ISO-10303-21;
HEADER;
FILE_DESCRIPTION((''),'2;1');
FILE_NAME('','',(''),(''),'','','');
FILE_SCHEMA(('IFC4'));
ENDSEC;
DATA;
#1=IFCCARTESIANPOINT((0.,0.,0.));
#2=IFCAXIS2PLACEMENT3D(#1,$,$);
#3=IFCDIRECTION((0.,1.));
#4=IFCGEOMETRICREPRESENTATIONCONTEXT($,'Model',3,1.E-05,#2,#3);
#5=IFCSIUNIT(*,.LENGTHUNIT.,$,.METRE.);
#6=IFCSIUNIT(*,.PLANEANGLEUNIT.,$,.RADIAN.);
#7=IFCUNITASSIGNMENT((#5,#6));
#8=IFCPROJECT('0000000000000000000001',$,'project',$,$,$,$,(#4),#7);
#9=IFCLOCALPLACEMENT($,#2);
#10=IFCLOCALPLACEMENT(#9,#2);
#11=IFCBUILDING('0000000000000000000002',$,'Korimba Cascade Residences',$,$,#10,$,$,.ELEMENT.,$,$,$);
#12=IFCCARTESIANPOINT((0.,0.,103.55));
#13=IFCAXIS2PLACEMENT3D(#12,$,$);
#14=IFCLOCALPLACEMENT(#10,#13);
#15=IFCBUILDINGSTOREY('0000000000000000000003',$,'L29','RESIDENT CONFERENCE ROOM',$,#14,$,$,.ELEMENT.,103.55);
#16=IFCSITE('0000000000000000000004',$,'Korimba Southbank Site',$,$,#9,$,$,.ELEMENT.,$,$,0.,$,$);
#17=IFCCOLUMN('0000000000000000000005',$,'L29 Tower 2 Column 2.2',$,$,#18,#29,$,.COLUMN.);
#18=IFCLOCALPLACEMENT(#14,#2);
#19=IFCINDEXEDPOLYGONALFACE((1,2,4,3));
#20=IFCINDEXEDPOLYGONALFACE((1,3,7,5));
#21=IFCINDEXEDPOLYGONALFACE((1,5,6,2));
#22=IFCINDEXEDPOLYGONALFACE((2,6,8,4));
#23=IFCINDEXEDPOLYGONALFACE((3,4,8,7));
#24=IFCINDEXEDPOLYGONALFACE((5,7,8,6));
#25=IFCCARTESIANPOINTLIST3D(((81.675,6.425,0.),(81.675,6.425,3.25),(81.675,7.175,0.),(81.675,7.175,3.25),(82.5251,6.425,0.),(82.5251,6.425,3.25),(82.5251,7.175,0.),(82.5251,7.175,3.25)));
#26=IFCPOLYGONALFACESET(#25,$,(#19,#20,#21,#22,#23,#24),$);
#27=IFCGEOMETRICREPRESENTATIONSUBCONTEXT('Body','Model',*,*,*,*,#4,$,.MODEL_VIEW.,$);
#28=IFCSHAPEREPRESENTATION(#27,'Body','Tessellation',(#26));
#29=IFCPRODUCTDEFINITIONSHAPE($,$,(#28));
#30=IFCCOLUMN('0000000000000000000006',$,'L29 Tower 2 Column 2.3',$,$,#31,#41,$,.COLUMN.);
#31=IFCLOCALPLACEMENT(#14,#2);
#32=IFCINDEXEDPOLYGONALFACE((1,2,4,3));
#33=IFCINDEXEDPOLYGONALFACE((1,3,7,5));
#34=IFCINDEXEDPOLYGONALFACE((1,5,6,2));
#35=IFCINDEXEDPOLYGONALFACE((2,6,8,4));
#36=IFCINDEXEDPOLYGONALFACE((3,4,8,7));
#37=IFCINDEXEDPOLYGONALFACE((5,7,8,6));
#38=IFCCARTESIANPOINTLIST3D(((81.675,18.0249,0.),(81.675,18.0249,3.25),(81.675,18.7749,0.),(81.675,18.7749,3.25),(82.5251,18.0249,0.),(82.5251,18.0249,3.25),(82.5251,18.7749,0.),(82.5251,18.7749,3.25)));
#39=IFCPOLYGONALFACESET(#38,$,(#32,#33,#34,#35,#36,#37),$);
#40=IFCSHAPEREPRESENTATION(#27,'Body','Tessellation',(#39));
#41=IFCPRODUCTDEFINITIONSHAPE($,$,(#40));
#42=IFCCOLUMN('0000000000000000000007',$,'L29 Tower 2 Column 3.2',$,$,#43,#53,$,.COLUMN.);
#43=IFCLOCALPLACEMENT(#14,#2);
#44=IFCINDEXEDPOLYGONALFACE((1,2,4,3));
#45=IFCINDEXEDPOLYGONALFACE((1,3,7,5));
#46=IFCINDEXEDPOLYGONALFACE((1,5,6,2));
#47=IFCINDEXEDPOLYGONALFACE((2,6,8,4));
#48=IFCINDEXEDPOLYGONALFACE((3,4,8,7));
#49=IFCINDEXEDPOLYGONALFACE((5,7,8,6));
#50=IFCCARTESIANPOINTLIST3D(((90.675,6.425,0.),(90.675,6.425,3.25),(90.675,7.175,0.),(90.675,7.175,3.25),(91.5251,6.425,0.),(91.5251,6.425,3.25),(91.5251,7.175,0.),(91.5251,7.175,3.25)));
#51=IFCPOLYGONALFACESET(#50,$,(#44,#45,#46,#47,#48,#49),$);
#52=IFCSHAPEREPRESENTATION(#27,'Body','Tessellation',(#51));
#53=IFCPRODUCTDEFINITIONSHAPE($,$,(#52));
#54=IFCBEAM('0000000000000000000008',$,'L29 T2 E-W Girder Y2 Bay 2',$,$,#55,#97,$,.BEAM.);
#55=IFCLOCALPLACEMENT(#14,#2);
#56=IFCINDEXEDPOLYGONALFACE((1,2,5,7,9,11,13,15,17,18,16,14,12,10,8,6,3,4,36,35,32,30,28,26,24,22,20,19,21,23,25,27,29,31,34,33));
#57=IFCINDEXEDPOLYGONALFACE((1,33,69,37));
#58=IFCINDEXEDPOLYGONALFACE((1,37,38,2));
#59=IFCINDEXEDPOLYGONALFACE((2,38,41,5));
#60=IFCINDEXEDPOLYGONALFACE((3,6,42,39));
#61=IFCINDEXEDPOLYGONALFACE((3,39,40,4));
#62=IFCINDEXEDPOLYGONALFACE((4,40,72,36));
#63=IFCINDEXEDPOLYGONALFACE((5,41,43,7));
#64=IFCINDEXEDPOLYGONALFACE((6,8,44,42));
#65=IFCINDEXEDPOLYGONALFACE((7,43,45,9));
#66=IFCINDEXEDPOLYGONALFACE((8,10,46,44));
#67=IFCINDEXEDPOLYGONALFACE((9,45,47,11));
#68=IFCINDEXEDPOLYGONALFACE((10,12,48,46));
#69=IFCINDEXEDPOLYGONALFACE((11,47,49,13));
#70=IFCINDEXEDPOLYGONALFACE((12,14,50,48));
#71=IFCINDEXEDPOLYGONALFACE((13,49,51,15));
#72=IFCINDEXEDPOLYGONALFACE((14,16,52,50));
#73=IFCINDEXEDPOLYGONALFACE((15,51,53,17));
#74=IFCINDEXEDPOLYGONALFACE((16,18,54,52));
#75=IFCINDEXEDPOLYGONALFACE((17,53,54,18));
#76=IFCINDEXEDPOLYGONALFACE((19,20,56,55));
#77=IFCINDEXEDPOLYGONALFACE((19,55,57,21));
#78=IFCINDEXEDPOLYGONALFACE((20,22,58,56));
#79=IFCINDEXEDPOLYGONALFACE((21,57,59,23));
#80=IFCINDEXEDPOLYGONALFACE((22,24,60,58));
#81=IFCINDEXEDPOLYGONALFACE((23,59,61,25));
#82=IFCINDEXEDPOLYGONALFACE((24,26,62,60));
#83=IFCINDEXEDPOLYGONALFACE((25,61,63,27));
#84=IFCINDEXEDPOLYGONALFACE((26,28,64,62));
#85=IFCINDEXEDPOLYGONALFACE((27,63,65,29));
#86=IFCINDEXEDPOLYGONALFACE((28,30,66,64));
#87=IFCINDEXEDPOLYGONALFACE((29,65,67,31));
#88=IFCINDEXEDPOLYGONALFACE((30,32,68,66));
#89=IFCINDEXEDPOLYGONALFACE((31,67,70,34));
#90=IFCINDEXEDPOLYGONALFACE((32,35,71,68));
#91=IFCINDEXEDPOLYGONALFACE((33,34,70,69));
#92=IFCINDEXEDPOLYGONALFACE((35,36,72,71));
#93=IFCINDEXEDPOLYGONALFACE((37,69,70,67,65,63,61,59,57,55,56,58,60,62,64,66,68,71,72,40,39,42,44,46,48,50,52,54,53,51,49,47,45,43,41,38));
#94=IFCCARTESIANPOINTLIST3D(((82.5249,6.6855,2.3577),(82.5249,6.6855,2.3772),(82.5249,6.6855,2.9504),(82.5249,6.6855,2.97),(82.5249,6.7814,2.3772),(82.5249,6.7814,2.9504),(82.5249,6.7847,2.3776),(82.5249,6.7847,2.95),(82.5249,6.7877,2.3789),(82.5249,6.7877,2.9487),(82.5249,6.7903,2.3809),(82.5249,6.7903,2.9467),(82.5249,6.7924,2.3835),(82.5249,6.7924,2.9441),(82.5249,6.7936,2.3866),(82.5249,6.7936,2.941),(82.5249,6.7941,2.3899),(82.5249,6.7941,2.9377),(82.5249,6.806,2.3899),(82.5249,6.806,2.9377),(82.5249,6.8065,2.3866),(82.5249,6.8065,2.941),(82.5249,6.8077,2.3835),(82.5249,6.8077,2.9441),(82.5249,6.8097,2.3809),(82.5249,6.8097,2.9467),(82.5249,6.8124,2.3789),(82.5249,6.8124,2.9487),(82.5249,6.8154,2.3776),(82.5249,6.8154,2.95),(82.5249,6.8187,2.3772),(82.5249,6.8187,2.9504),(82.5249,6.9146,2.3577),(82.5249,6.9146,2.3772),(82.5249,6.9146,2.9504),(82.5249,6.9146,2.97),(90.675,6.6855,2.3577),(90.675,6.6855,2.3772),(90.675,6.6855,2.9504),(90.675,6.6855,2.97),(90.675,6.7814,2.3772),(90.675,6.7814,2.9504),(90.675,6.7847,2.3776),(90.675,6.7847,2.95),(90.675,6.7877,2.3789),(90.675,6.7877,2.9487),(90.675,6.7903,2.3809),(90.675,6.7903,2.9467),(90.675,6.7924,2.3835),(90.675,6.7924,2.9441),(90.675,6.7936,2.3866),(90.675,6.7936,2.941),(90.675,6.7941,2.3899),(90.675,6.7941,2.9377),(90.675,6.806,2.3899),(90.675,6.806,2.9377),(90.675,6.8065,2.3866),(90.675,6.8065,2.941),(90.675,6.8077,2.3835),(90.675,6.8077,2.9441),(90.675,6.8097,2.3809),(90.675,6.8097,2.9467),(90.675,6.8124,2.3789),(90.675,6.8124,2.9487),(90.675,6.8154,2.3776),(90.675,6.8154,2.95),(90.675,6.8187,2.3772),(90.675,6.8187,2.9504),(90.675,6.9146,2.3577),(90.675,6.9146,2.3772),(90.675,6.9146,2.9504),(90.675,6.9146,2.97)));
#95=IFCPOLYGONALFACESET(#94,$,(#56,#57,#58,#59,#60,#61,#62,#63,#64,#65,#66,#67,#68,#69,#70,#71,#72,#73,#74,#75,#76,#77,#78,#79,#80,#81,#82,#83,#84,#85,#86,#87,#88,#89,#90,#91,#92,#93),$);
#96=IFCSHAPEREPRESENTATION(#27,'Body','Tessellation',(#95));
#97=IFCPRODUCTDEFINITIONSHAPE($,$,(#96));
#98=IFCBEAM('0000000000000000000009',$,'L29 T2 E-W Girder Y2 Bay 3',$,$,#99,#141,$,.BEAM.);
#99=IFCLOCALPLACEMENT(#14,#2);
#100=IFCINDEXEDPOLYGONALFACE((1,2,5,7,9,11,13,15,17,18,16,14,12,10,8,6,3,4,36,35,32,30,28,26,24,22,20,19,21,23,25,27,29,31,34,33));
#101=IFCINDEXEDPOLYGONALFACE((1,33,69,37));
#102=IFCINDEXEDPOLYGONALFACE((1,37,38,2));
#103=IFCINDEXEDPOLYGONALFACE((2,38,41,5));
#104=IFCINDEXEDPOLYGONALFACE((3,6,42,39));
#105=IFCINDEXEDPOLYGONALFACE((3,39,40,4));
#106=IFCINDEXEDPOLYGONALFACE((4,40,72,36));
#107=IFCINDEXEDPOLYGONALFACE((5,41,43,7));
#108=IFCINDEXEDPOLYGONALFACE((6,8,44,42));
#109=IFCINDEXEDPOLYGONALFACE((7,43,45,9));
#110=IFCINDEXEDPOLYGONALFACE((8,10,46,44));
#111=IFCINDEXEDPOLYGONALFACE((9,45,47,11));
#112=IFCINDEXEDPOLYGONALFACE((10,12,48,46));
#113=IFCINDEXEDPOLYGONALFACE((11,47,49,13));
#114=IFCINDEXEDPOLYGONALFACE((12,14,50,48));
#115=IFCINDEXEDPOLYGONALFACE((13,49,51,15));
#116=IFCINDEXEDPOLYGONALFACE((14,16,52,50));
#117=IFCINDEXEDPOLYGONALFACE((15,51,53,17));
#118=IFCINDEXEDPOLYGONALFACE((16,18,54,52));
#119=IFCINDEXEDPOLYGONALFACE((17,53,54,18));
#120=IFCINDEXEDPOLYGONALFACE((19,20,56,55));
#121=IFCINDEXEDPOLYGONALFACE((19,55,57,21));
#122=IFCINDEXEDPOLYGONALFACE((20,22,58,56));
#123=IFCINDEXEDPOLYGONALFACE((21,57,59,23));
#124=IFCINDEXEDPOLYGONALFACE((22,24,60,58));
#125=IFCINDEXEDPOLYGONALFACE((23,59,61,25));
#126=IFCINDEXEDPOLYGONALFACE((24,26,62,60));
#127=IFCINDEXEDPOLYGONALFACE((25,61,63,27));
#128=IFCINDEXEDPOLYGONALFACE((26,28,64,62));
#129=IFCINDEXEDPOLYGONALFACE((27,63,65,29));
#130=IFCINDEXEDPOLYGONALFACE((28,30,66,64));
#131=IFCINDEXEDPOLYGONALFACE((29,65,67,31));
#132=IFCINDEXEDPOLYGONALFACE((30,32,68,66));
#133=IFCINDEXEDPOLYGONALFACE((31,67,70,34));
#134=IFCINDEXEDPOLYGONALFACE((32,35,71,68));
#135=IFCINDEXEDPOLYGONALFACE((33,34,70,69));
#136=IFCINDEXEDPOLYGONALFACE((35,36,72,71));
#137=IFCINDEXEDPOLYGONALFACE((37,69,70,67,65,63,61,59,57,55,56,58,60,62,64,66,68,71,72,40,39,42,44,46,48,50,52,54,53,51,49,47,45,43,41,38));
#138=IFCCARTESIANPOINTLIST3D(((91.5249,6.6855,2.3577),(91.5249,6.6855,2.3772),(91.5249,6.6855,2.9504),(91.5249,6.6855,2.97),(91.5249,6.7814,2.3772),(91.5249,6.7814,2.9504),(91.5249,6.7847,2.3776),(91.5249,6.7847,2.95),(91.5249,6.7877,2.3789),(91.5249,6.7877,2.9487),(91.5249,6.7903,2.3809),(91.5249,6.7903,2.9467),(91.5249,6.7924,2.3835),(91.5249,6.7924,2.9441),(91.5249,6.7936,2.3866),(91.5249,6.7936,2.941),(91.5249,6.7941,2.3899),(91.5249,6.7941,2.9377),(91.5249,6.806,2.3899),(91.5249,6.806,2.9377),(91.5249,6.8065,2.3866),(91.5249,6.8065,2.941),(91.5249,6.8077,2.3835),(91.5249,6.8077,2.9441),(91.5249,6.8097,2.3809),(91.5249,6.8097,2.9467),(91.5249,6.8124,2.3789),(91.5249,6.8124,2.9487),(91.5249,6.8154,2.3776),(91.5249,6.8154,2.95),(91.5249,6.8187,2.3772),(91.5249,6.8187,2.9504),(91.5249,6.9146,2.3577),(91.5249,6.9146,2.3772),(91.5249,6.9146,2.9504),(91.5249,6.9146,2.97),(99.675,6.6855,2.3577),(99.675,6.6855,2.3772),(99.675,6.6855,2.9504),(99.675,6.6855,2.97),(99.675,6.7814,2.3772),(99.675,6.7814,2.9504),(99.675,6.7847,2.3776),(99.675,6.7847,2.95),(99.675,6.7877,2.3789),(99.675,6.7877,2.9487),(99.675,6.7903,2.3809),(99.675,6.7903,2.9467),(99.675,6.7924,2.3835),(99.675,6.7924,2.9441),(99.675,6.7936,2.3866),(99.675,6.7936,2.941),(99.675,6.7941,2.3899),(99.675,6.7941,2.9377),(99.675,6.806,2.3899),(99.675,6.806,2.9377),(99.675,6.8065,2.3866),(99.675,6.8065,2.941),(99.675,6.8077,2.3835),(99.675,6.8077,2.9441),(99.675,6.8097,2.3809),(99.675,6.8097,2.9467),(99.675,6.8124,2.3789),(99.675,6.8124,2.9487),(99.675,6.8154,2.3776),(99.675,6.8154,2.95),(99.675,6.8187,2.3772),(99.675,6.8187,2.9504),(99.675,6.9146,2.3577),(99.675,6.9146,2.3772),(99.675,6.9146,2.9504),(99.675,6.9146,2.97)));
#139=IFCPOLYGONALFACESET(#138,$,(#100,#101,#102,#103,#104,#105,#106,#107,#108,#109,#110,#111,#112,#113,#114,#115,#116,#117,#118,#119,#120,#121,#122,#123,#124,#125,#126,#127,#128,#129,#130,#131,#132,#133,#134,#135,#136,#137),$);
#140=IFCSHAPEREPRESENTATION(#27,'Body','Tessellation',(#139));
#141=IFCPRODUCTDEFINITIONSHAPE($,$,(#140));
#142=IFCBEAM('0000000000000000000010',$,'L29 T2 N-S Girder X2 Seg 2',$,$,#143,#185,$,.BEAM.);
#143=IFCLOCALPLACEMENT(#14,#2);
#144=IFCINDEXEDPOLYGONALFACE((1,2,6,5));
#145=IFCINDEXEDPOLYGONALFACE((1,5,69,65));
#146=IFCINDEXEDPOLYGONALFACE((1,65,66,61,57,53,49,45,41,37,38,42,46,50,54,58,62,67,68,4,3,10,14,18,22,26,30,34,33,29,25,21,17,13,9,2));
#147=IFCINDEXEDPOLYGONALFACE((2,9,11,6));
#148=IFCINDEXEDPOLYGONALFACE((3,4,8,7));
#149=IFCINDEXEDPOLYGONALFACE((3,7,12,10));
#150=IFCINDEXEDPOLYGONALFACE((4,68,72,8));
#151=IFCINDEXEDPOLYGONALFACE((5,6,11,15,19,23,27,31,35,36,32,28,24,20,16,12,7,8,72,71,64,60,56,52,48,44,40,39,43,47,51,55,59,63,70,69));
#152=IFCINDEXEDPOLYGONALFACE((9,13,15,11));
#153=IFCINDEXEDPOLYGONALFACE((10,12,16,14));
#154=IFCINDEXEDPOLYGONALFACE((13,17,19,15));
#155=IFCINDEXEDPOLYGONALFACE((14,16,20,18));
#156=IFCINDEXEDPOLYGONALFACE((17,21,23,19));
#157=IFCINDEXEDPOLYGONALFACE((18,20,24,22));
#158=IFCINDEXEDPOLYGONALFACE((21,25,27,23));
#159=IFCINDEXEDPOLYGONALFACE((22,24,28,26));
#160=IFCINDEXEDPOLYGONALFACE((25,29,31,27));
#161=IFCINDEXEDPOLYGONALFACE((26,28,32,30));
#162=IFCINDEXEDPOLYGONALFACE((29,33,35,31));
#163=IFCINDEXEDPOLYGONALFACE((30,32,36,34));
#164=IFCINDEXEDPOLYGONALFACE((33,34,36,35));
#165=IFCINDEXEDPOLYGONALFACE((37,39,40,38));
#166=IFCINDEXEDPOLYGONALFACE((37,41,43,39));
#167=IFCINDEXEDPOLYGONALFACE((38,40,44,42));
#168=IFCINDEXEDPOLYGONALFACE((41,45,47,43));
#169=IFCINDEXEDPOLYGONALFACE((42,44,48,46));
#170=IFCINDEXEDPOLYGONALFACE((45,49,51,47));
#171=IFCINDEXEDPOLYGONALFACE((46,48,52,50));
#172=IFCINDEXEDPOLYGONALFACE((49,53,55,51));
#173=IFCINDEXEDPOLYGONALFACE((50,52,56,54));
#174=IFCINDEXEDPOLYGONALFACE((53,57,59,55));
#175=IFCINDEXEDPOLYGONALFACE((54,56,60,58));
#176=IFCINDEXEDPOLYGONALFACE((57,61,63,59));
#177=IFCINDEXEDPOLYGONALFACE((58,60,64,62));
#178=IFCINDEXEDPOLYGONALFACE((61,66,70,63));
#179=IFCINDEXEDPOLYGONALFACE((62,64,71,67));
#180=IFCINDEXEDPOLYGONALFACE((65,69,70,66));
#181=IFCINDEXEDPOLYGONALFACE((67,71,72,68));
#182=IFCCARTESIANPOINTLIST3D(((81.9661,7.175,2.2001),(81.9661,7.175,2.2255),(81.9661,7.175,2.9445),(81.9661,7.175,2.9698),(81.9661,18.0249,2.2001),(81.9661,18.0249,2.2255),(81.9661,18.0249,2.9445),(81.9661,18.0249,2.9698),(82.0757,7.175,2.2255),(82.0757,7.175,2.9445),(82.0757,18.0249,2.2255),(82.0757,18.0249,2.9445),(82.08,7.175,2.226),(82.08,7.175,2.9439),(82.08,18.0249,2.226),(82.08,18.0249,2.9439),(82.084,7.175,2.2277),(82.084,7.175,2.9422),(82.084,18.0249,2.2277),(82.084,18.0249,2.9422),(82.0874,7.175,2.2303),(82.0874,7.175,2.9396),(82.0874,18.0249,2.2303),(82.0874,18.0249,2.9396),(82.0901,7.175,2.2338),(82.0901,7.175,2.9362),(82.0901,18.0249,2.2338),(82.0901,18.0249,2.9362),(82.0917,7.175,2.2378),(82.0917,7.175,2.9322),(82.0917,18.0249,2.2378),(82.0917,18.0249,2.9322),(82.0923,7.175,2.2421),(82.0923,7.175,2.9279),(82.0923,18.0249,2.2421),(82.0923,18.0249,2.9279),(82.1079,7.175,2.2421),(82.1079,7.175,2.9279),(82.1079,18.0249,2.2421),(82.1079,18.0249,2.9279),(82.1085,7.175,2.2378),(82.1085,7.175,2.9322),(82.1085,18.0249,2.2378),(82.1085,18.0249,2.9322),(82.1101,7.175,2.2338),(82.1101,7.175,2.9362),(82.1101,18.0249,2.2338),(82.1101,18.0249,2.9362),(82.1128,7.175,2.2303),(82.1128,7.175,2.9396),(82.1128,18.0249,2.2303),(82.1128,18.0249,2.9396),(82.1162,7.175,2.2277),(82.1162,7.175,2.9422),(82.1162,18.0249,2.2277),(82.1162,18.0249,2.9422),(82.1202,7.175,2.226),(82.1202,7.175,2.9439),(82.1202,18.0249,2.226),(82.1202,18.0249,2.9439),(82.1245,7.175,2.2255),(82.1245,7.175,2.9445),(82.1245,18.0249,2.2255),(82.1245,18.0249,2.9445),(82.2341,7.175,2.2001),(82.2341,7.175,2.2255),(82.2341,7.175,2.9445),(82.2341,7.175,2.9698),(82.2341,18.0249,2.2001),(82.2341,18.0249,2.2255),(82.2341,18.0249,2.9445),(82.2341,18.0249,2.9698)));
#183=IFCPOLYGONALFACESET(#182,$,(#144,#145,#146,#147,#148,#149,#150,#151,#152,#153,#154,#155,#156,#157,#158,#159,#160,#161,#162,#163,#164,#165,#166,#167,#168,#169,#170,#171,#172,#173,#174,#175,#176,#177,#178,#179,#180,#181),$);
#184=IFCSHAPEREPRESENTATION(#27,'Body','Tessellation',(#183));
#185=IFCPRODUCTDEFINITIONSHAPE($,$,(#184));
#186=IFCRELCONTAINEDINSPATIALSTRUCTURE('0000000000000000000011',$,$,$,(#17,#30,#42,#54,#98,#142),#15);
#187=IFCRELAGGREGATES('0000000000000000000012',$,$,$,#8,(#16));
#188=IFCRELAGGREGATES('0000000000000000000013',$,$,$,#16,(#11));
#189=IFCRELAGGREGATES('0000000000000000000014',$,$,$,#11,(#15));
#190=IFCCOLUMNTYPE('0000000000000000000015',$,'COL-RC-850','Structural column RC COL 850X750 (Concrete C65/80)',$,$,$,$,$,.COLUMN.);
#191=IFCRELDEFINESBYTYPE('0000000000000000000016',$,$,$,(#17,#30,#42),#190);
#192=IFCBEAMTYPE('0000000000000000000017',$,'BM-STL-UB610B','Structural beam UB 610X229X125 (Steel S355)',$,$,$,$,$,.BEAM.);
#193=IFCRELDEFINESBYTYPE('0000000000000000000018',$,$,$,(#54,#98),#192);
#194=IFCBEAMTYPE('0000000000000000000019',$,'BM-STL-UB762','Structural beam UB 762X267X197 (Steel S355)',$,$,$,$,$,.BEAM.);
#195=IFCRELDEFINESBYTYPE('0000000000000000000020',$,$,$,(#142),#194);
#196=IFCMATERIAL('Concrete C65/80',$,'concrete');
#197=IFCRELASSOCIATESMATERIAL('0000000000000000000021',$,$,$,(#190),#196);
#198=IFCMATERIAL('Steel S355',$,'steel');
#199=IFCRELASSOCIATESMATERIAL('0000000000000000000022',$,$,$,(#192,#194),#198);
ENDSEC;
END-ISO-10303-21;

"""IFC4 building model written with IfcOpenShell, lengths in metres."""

from ifc_helpers import new_model, si_unit, direction, frame, origin, origin_2d, place, context, subcontext, project, spatial, rectangle, i_section, extrude, material, material_profile, profile_set, type_object, element, save


model = new_model("IFC4")

# Units and contexts
model_context = context("Model", 3, precision=1e-05, world=origin(), true_north=direction((0.0, 1.0)))
body_context = subcontext(model_context, "Body", "Model", "MODEL_VIEW")
ifc_project = project(units=[si_unit("LENGTHUNIT", "METRE"), si_unit("PLANEANGLEUNIT", "RADIAN")], contexts=[model_context])

# Site, building, storey
site_placement = place(None, origin())
site = spatial("IfcSite", under=ifc_project, at=site_placement, Name="Korimba Southbank Site", CompositionType="ELEMENT", RefElevation=0.0)
building_placement = place(site_placement, origin())
building = spatial("IfcBuilding", under=site, at=building_placement, Name="Korimba Cascade Residences", CompositionType="ELEMENT")
storey_placement = place(building_placement, frame((0.0, 0.0, 103.55)))
storey = spatial("IfcBuildingStorey", under=building, at=storey_placement, Name="L29", Description="RESIDENT CONFERENCE ROOM", CompositionType="ELEMENT", Elevation=103.55)

# Columns
ifc_material_1 = material(Name="Concrete C65/80", Category="concrete")
ifc_material_profile_1 = material_profile(ifc_material_1, rectangle(XDim=0.8501, YDim=0.75, at=origin_2d()), Name="Concrete C65/80")
ifc_profile_set_1 = profile_set([ifc_material_profile_1], Name="Concrete C65/80")
column_type = type_object("IfcColumnType", Name="COL-RC-850", Description="Structural column RC COL 850X750 (Concrete C65/80)", PredefinedType="COLUMN", material=ifc_profile_set_1)
for number, where, z_axis, x_axis, name in (
    (1, (82.1001, 6.8, 0.0), (0.0, 0.0, 1.0), (1.0, 0.0, 0.0), "L29 Tower 2 Column 2.2"),
    (2, (82.1001, 18.3999, 0.0), (0.0, 0.0, 1.0), (1.0, 0.0, 0.0), "L29 Tower 2 Column 2.3"),
    (3, (91.1001, 6.8, 0.0), (0.0, 0.0, 1.0), (1.0, 0.0, 0.0), "L29 Tower 2 Column 3.2"),
):
    element("IfcColumn", number, at=place(storey_placement, frame(where, z_axis=z_axis, x_axis=x_axis)), inside=storey, type_object=column_type, Name=name, PredefinedType="COLUMN", context=body_context, shape_type="SweptSolid", body=[
        extrude(rectangle(XDim=0.8501, YDim=0.75, at=origin_2d()), origin(), (0.0, 0.0, 1.0), 3.25),
    ])

# Beams
ifc_material_2 = material(Name="Steel S355", Category="steel")
ifc_material_profile_2 = material_profile(ifc_material_2, i_section(OverallWidth=0.229, OverallDepth=0.6123, WebThickness=0.012, FlangeThickness=0.0195, FilletRadius=0.0127, at=origin_2d()), Name="Steel S355")
ifc_profile_set_2 = profile_set([ifc_material_profile_2], Name="Steel S355")
beam_type_1 = type_object("IfcBeamType", Name="BM-STL-UB610B", Description="Structural beam UB 610X229X125 (Steel S355)", PredefinedType="BEAM", material=ifc_profile_set_2)
for number, where, z_axis, x_axis, name in (
    (4, (82.5249, 6.8, 2.6638), (1.0, 0.0, 0.0), (0.0, 1.0, 0.0), "L29 T2 E-W Girder Y2 Bay 2"),
    (5, (91.5249, 6.8, 2.6638), (1.0, 0.0, 0.0), (0.0, 1.0, 0.0), "L29 T2 E-W Girder Y2 Bay 3"),
):
    element("IfcBeam", number, at=place(storey_placement, frame(where, z_axis=z_axis, x_axis=x_axis)), inside=storey, type_object=beam_type_1, Name=name, PredefinedType="BEAM", context=body_context, shape_type="SweptSolid", body=[
        extrude(i_section(OverallWidth=0.229, OverallDepth=0.6123, WebThickness=0.012, FlangeThickness=0.0195, FilletRadius=0.0127, at=origin_2d()), origin(), (0.0, 0.0, 1.0), 8.1501),
    ])
ifc_material_profile_3 = material_profile(ifc_material_2, i_section(OverallWidth=0.2681, OverallDepth=0.7698, WebThickness=0.0156, FlangeThickness=0.0254, FilletRadius=0.0166, at=origin_2d()), Name="Steel S355")
ifc_profile_set_3 = profile_set([ifc_material_profile_3], Name="Steel S355")
beam_type_2 = type_object("IfcBeamType", Name="BM-STL-UB762", Description="Structural beam UB 762X267X197 (Steel S355)", PredefinedType="BEAM", material=ifc_profile_set_3)
for number, where, z_axis, x_axis, name in (
    (6, (82.1001, 7.175, 2.585), (0.0, 1.0, 0.0), (-1.0, 0.0, 0.0), "L29 T2 N-S Girder X2 Seg 2"),
):
    element("IfcBeam", number, at=place(storey_placement, frame(where, z_axis=z_axis, x_axis=x_axis)), inside=storey, type_object=beam_type_2, Name=name, PredefinedType="BEAM", context=body_context, shape_type="SweptSolid", body=[
        extrude(i_section(OverallWidth=0.2681, OverallDepth=0.7698, WebThickness=0.0156, FlangeThickness=0.0254, FilletRadius=0.0166, at=origin_2d()), origin(), (0.0, 0.0, 1.0), 10.8499),
    ])

save(model, "model.ifc")
